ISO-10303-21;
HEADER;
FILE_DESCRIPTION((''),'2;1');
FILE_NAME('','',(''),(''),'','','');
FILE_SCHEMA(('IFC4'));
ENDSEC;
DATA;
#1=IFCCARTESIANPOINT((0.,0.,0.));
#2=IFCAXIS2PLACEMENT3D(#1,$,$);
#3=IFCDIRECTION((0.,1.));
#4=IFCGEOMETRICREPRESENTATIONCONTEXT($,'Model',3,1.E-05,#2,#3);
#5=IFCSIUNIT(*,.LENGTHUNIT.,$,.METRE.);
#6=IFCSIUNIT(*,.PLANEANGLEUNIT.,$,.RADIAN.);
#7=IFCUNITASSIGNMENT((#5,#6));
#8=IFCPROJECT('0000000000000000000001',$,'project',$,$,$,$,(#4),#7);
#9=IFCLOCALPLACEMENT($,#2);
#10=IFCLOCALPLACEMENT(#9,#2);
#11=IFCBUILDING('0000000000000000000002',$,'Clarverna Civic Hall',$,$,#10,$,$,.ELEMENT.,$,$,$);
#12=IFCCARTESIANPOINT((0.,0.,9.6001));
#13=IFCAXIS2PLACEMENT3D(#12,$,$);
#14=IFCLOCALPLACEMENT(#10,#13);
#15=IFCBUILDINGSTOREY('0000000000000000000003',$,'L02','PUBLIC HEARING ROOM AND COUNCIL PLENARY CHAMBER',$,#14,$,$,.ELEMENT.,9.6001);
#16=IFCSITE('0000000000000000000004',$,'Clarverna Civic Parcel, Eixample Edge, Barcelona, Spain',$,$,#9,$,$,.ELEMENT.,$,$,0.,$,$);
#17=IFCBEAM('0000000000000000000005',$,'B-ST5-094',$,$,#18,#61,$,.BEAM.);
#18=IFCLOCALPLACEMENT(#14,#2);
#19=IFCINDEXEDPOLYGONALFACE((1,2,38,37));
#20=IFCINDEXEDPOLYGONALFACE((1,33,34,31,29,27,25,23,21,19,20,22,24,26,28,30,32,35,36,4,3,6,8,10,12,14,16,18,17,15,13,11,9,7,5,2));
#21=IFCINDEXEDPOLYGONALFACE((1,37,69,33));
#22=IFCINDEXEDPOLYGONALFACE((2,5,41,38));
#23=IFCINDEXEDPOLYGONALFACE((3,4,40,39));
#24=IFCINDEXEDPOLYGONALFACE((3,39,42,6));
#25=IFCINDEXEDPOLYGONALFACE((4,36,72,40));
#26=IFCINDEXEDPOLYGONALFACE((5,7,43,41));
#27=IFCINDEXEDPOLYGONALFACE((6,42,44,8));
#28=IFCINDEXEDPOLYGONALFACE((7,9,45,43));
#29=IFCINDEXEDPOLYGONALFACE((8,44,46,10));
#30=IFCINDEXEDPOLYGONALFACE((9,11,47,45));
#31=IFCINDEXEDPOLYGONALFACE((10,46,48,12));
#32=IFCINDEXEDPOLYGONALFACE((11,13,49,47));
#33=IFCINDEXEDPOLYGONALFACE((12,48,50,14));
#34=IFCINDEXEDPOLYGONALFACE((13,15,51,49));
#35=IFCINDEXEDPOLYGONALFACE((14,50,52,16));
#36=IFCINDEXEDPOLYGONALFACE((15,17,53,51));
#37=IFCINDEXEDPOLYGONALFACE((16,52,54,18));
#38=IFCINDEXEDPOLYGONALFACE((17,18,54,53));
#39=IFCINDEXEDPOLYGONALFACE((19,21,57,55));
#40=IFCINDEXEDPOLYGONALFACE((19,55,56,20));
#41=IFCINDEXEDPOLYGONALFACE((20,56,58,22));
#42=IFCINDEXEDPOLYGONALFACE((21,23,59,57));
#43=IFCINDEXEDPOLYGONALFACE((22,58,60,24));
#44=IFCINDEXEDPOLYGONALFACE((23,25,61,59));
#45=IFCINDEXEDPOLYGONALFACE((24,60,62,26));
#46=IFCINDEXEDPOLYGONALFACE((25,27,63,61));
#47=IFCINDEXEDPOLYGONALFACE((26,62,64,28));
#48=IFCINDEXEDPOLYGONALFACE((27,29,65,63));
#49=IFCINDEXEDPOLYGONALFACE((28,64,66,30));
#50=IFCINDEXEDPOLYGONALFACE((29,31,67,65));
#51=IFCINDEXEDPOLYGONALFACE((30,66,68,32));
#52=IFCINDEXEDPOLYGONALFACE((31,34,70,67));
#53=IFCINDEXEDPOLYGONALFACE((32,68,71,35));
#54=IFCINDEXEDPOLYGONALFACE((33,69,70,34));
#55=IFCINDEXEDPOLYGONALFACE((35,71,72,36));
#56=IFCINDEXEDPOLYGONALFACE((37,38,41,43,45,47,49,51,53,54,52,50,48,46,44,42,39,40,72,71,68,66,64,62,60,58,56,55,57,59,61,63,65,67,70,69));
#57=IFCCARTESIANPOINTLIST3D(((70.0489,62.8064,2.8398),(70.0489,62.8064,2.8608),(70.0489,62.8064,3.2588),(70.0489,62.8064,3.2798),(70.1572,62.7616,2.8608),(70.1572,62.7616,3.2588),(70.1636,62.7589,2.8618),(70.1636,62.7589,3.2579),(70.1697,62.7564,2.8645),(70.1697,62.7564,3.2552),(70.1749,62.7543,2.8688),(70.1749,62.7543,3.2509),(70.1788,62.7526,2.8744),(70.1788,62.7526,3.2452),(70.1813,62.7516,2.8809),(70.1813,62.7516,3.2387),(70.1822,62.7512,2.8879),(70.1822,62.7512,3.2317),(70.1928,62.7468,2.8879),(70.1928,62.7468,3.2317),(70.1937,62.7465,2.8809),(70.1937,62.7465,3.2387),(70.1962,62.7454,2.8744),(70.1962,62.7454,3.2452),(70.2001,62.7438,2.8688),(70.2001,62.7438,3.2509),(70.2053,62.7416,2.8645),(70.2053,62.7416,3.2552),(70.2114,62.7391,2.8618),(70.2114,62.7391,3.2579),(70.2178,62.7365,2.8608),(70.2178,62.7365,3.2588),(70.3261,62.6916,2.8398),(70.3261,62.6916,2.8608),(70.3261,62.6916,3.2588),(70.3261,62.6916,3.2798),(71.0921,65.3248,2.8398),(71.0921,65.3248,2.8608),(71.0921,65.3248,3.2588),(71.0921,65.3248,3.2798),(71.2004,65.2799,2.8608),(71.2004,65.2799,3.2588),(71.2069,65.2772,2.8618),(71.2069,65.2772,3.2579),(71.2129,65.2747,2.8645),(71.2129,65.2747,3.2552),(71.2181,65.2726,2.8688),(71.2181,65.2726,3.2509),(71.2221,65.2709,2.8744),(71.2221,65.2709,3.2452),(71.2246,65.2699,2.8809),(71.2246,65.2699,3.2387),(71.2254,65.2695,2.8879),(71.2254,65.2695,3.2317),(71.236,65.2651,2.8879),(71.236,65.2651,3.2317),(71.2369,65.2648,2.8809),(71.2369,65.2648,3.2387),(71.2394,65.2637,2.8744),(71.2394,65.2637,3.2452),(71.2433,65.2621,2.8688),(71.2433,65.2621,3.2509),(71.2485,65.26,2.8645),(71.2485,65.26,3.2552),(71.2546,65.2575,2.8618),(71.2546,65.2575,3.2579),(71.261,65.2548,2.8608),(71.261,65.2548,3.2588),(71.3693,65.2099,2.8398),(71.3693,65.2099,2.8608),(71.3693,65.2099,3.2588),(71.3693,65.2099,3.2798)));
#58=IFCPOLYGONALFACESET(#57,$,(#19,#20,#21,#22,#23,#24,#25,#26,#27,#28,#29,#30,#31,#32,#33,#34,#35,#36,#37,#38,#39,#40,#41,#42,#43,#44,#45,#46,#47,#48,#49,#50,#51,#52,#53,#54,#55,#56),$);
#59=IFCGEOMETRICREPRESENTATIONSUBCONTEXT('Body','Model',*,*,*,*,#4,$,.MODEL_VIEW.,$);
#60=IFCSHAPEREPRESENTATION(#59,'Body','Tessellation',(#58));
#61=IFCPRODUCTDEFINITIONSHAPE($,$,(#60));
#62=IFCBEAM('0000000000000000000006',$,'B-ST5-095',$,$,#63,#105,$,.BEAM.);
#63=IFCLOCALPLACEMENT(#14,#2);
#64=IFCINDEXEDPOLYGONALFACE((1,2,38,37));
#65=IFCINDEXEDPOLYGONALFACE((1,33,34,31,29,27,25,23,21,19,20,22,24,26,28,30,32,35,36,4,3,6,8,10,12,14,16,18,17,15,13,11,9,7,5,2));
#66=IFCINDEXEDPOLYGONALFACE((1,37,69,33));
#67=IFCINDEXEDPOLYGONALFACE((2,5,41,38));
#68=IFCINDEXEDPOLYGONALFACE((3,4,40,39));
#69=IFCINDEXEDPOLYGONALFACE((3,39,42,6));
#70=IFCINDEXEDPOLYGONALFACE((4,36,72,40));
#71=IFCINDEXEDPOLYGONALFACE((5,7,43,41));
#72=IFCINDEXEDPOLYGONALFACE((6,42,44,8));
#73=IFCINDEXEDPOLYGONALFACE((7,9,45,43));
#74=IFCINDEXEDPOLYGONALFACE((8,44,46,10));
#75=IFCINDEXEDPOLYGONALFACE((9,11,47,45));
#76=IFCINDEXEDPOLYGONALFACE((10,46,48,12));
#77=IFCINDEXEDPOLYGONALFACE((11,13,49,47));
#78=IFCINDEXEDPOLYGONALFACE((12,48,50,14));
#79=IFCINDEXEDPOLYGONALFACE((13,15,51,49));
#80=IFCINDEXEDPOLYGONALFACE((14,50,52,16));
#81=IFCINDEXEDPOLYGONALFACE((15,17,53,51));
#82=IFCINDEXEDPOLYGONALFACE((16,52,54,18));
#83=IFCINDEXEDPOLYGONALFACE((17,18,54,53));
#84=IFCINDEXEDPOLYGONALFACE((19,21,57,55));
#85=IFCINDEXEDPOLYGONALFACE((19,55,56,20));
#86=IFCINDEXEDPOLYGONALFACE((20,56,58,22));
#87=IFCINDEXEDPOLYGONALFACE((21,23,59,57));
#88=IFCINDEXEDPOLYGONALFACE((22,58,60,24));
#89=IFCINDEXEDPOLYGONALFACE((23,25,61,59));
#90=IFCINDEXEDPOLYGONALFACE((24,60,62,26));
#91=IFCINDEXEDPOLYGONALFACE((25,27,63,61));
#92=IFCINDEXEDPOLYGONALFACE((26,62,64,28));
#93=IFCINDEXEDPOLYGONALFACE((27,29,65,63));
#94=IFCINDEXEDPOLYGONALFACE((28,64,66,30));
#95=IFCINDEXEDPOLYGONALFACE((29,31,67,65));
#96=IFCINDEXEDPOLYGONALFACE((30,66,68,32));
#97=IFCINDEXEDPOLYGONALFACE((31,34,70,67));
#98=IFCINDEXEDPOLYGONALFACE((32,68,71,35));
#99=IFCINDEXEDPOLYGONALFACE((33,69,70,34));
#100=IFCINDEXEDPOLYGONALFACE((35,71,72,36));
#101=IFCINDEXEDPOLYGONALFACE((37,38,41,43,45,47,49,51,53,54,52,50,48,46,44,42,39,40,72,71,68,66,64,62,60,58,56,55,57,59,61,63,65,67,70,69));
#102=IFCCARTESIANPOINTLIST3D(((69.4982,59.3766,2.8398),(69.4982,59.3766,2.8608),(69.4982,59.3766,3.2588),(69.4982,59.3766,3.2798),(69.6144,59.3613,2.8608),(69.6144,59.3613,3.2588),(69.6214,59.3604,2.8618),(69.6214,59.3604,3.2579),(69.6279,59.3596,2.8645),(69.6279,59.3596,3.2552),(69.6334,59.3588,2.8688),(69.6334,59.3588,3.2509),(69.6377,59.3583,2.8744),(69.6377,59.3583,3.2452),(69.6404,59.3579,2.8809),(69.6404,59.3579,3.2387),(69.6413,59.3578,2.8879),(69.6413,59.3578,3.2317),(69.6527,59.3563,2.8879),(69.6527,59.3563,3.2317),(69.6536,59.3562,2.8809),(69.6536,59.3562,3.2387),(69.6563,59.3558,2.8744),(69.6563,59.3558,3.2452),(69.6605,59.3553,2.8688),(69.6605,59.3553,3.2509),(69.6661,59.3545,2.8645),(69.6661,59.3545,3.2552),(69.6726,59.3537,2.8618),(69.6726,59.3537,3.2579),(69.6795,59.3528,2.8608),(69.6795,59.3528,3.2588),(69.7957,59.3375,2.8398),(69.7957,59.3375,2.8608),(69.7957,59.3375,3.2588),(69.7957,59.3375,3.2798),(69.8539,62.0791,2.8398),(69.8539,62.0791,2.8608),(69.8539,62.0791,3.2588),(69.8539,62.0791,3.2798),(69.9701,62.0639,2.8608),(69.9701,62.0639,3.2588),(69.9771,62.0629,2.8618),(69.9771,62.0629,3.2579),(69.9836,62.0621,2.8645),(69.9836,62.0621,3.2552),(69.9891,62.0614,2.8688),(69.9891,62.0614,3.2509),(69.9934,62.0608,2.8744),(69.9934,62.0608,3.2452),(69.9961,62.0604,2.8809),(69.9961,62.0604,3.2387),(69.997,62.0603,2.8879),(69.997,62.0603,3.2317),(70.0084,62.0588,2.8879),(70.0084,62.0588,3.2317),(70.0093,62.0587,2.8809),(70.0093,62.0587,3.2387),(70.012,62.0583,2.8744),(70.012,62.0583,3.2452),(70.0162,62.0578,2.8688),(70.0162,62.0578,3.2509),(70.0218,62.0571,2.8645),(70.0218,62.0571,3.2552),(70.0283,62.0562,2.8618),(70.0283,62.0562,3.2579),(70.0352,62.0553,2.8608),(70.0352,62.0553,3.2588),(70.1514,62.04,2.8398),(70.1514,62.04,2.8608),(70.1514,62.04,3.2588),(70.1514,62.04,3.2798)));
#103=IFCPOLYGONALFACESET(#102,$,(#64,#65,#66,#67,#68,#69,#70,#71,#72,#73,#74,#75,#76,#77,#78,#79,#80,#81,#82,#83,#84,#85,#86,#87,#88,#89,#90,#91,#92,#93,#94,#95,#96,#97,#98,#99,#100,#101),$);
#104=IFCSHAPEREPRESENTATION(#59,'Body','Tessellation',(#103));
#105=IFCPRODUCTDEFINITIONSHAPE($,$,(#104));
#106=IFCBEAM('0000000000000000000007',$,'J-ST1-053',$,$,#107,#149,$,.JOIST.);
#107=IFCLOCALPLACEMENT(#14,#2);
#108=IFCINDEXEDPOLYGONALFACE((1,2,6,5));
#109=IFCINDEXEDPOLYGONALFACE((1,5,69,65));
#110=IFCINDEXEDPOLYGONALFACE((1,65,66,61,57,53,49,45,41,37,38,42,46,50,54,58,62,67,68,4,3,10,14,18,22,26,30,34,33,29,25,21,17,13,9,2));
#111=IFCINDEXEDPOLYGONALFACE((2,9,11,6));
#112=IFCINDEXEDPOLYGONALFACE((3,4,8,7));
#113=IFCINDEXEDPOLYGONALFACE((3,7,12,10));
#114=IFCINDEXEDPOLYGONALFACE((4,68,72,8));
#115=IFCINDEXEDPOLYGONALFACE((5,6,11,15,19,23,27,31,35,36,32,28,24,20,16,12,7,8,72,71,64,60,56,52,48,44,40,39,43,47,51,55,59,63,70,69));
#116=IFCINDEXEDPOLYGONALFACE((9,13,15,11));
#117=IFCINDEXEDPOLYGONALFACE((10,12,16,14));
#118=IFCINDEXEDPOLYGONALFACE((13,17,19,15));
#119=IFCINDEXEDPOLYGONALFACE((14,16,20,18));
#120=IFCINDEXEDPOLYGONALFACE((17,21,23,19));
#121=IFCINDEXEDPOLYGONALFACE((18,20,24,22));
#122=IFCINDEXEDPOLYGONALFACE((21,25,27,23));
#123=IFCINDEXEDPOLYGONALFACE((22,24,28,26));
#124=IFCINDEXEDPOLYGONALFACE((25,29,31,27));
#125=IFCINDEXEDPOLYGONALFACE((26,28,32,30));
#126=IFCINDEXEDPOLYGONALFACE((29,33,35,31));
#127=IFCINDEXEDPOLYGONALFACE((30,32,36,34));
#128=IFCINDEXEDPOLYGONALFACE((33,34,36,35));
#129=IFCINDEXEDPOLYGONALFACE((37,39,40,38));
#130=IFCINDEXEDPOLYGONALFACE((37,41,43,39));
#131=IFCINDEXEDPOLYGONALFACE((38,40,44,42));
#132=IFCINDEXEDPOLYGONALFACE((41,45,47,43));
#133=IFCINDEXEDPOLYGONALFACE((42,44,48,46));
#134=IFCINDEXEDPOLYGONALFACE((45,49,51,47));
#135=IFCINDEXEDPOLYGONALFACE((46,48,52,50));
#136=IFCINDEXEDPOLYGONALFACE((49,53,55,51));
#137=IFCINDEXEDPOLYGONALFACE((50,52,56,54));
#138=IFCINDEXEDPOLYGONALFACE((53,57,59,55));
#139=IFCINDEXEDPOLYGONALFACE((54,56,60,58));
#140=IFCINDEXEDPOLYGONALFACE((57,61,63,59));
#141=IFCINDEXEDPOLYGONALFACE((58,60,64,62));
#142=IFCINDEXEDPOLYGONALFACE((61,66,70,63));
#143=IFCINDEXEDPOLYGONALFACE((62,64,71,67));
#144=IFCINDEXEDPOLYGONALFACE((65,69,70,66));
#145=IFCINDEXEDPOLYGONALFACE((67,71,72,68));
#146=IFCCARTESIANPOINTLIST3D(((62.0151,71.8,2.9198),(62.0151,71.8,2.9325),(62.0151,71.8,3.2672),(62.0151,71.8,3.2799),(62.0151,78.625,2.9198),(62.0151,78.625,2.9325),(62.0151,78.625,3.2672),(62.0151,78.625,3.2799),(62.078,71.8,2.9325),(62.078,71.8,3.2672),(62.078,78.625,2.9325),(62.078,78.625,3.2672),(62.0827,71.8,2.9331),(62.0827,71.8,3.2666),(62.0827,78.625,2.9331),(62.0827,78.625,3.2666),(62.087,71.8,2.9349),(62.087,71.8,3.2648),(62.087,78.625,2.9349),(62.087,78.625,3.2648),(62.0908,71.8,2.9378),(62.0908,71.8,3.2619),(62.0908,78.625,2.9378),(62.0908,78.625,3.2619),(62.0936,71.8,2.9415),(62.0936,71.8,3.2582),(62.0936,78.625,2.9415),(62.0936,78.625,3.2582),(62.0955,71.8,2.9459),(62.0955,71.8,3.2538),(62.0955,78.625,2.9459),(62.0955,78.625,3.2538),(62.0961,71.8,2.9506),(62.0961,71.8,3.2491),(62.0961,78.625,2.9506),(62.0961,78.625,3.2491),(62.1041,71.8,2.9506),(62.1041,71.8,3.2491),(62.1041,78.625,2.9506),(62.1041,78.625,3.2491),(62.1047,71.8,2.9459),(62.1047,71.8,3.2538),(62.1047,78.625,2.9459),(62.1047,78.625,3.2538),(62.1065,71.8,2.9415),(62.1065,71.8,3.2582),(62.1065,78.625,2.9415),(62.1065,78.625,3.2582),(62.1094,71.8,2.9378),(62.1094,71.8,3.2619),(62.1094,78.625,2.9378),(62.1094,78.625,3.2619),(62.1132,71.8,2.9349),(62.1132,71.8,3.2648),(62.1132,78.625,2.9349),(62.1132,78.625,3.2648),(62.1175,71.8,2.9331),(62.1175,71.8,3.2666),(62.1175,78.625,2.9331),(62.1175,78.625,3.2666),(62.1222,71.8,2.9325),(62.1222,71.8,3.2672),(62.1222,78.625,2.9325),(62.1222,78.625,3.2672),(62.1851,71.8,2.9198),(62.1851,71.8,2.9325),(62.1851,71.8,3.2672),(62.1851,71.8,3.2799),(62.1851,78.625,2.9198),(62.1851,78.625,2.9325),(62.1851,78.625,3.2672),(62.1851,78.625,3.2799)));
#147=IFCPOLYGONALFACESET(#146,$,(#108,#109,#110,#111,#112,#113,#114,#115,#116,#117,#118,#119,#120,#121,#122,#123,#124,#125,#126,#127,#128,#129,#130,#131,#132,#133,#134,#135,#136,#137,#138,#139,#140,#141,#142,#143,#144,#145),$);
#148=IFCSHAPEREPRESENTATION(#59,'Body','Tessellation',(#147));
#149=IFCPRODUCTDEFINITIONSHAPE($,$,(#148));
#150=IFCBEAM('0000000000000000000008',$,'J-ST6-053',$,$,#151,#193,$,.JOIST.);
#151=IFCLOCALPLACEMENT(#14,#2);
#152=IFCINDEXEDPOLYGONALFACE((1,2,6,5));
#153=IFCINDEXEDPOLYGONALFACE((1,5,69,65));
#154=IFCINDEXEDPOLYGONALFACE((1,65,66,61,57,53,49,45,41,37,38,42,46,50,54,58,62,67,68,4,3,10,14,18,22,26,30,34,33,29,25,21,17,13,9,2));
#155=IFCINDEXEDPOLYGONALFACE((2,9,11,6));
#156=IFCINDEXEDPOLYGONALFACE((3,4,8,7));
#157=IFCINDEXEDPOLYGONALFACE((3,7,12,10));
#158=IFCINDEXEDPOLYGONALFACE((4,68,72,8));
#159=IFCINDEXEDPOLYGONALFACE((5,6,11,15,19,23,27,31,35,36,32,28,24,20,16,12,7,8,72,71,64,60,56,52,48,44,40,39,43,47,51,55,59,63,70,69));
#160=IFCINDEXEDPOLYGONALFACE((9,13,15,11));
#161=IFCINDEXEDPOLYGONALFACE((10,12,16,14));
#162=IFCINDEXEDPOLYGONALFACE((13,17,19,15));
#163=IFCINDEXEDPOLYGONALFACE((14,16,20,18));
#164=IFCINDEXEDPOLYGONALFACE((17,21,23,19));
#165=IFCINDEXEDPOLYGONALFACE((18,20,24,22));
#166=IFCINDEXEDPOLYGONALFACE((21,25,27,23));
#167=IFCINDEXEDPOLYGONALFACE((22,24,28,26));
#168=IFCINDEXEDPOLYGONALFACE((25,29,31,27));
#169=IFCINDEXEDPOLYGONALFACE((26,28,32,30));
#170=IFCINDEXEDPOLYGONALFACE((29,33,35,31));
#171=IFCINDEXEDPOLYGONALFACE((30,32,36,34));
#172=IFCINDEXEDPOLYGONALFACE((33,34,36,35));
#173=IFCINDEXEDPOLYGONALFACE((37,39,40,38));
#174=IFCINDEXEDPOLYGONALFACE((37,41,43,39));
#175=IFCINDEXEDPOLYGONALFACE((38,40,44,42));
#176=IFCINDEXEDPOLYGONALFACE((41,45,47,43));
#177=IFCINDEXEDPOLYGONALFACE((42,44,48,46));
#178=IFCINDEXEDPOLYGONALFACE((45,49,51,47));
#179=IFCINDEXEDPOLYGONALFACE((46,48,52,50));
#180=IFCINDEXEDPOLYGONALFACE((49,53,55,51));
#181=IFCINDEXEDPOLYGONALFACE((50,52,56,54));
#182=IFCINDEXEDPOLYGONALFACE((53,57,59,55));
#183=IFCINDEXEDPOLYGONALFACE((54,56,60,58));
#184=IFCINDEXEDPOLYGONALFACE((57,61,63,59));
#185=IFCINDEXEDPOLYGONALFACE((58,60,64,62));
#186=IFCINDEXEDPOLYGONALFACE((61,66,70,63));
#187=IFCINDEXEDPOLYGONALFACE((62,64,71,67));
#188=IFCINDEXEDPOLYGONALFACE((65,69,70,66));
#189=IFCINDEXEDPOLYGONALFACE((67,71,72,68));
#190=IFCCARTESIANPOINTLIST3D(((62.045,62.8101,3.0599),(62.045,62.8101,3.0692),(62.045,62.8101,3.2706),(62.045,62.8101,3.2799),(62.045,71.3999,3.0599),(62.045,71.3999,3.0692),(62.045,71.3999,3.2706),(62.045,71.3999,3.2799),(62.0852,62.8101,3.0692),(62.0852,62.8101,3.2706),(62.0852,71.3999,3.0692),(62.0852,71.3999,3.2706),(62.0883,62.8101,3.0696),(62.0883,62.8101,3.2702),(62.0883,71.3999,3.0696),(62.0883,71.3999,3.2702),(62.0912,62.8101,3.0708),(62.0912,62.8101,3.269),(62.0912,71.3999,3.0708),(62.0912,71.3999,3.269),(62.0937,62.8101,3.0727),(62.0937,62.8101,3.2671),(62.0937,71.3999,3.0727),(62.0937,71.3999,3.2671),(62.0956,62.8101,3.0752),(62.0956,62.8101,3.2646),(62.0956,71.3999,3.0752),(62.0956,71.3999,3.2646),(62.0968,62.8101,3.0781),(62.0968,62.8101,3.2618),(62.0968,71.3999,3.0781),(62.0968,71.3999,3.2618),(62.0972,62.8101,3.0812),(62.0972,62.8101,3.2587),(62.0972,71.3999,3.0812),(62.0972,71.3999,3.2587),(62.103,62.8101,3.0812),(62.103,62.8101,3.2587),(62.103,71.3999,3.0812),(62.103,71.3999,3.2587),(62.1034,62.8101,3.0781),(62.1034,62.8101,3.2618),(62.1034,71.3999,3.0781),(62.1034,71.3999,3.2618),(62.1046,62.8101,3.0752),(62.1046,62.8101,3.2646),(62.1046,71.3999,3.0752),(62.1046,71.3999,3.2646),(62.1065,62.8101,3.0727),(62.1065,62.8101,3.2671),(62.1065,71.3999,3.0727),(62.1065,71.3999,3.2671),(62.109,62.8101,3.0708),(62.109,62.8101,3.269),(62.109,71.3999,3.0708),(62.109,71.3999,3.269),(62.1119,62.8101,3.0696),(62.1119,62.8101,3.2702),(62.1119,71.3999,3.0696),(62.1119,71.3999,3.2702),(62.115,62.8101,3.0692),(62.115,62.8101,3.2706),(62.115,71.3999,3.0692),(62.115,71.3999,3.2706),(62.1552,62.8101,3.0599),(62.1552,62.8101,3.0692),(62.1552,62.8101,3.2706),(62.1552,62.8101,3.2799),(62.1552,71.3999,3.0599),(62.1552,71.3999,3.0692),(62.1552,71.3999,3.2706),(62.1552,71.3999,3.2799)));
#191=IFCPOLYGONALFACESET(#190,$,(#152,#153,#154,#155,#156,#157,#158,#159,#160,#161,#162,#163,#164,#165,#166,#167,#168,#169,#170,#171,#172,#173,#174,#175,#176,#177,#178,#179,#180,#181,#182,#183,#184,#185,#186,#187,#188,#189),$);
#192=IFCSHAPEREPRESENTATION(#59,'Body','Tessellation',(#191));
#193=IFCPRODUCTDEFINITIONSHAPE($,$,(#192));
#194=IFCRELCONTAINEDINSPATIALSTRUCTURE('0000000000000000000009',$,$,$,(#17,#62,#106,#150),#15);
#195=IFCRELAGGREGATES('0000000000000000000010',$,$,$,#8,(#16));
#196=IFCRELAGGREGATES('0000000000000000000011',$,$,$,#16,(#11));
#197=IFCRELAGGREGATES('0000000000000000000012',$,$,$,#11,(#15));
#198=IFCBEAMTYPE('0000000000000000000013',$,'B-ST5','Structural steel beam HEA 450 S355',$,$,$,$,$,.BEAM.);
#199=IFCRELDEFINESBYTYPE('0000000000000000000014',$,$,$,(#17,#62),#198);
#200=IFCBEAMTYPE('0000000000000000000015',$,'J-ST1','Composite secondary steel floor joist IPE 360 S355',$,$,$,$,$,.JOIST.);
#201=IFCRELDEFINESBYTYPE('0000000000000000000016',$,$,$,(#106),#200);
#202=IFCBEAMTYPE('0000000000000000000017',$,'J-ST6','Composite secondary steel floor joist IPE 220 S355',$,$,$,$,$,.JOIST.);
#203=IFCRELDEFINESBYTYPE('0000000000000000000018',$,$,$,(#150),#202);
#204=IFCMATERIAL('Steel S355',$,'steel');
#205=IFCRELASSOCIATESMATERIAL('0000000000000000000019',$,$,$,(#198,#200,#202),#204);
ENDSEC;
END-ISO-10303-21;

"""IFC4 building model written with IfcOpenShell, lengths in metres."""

from ifc_helpers import new_model, si_unit, direction, frame, origin, origin_2d, place, context, subcontext, project, spatial, i_section, extrude, material, material_profile, profile_set, type_object, element, save


model = new_model("IFC4")

# Units and contexts
model_context = context("Model", 3, precision=1e-05, world=origin(), true_north=direction((0.0, 1.0)))
body_context = subcontext(model_context, "Body", "Model", "MODEL_VIEW")
ifc_project = project(units=[si_unit("LENGTHUNIT", "METRE"), si_unit("PLANEANGLEUNIT", "RADIAN")], contexts=[model_context])

# Site, building, storey
site_placement = place(None, origin())
site = spatial("IfcSite", under=ifc_project, at=site_placement, Name="Clarverna Civic Parcel, Eixample Edge, Barcelona, Spain", CompositionType="ELEMENT", RefElevation=0.0)
building_placement = place(site_placement, origin())
building = spatial("IfcBuilding", under=site, at=building_placement, Name="Clarverna Civic Hall", CompositionType="ELEMENT")
storey_placement = place(building_placement, frame((0.0, 0.0, 9.6001)))
storey = spatial("IfcBuildingStorey", under=building, at=storey_placement, Name="L02", Description="PUBLIC HEARING ROOM AND COUNCIL PLENARY CHAMBER", CompositionType="ELEMENT", Elevation=9.6001)

# Beams
ifc_material_1 = material(Name="Steel S355", Category="steel")
ifc_material_profile_1 = material_profile(ifc_material_1, i_section(OverallWidth=0.3, OverallDepth=0.4399, WebThickness=0.0115, FlangeThickness=0.021, FilletRadius=0.0271, at=origin_2d()), Name="HEA 450")
ifc_profile_set_1 = profile_set([ifc_material_profile_1], Name="Steel S355")
beam_type_1 = type_object("IfcBeamType", Name="B-ST5", Description="Structural steel beam HEA 450 S355", PredefinedType="BEAM", material=ifc_profile_set_1)
for number, where, z_axis, x_axis, name in (
    (1, (71.2307, 65.2673, 3.0598), (-0.382713, -0.923867, 0.0), (0.923867, -0.382713, 0.0), "B-ST5-094"),
    (2, (70.0027, 62.0596, 3.0598), (-0.130492, -0.991449, 0.0), (0.991449, -0.130492, 0.0), "B-ST5-095"),
):
    element("IfcBeam", number, at=place(storey_placement, frame(where, z_axis=z_axis, x_axis=x_axis)), inside=storey, type_object=beam_type_1, Name=name, PredefinedType="BEAM", context=body_context, shape_type="SweptSolid", body=[
        extrude(i_section(OverallWidth=0.3, OverallDepth=0.4399, WebThickness=0.0115, FlangeThickness=0.021, FilletRadius=0.0271, at=origin_2d()), origin(), (0.0, 0.0, 1.0), 2.7258),
    ])
ifc_material_profile_2 = material_profile(ifc_material_1, i_section(OverallWidth=0.1699, OverallDepth=0.3601, WebThickness=0.0081, FlangeThickness=0.0127, FilletRadius=0.0181, at=origin_2d()), Name="IPE 360")
ifc_profile_set_2 = profile_set([ifc_material_profile_2], Name="Steel S355")
beam_type_2 = type_object("IfcBeamType", Name="J-ST1", Description="Composite secondary steel floor joist IPE 360 S355", PredefinedType="JOIST", material=ifc_profile_set_2)
beam_1_placement = place(storey_placement, frame((62.1001, 71.8, 3.0999), z_axis=(0.0, 1.0, 0.0), x_axis=(-1.0, 0.0, 0.0)))
element("IfcBeam", 3, at=beam_1_placement, inside=storey, type_object=beam_type_2, Name="J-ST1-053", PredefinedType="JOIST", context=body_context, shape_type="SweptSolid", body=[
    extrude(i_section(OverallWidth=0.1699, OverallDepth=0.3601, WebThickness=0.0081, FlangeThickness=0.0127, FilletRadius=0.0181, at=origin_2d()), origin(), (0.0, 0.0, 1.0), 6.825),
])
ifc_material_profile_3 = material_profile(ifc_material_1, i_section(OverallWidth=0.1101, OverallDepth=0.22, WebThickness=0.0059, FlangeThickness=0.0093, FilletRadius=0.012, at=origin_2d()), Name="IPE 220")
ifc_profile_set_3 = profile_set([ifc_material_profile_3], Name="Steel S355")
beam_type_3 = type_object("IfcBeamType", Name="J-ST6", Description="Composite secondary steel floor joist IPE 220 S355", PredefinedType="JOIST", material=ifc_profile_set_3)
beam_2_placement = place(storey_placement, frame((62.1001, 62.8101, 3.1699), z_axis=(0.0, 1.0, 0.0), x_axis=(-1.0, 0.0, 0.0)))
element("IfcBeam", 4, at=beam_2_placement, inside=storey, type_object=beam_type_3, Name="J-ST6-053", PredefinedType="JOIST", context=body_context, shape_type="SweptSolid", body=[
    extrude(i_section(OverallWidth=0.1101, OverallDepth=0.22, WebThickness=0.0059, FlangeThickness=0.0093, FilletRadius=0.012, at=origin_2d()), origin(), (0.0, 0.0, 1.0), 8.5898),
])

save(model, "model.ifc")
